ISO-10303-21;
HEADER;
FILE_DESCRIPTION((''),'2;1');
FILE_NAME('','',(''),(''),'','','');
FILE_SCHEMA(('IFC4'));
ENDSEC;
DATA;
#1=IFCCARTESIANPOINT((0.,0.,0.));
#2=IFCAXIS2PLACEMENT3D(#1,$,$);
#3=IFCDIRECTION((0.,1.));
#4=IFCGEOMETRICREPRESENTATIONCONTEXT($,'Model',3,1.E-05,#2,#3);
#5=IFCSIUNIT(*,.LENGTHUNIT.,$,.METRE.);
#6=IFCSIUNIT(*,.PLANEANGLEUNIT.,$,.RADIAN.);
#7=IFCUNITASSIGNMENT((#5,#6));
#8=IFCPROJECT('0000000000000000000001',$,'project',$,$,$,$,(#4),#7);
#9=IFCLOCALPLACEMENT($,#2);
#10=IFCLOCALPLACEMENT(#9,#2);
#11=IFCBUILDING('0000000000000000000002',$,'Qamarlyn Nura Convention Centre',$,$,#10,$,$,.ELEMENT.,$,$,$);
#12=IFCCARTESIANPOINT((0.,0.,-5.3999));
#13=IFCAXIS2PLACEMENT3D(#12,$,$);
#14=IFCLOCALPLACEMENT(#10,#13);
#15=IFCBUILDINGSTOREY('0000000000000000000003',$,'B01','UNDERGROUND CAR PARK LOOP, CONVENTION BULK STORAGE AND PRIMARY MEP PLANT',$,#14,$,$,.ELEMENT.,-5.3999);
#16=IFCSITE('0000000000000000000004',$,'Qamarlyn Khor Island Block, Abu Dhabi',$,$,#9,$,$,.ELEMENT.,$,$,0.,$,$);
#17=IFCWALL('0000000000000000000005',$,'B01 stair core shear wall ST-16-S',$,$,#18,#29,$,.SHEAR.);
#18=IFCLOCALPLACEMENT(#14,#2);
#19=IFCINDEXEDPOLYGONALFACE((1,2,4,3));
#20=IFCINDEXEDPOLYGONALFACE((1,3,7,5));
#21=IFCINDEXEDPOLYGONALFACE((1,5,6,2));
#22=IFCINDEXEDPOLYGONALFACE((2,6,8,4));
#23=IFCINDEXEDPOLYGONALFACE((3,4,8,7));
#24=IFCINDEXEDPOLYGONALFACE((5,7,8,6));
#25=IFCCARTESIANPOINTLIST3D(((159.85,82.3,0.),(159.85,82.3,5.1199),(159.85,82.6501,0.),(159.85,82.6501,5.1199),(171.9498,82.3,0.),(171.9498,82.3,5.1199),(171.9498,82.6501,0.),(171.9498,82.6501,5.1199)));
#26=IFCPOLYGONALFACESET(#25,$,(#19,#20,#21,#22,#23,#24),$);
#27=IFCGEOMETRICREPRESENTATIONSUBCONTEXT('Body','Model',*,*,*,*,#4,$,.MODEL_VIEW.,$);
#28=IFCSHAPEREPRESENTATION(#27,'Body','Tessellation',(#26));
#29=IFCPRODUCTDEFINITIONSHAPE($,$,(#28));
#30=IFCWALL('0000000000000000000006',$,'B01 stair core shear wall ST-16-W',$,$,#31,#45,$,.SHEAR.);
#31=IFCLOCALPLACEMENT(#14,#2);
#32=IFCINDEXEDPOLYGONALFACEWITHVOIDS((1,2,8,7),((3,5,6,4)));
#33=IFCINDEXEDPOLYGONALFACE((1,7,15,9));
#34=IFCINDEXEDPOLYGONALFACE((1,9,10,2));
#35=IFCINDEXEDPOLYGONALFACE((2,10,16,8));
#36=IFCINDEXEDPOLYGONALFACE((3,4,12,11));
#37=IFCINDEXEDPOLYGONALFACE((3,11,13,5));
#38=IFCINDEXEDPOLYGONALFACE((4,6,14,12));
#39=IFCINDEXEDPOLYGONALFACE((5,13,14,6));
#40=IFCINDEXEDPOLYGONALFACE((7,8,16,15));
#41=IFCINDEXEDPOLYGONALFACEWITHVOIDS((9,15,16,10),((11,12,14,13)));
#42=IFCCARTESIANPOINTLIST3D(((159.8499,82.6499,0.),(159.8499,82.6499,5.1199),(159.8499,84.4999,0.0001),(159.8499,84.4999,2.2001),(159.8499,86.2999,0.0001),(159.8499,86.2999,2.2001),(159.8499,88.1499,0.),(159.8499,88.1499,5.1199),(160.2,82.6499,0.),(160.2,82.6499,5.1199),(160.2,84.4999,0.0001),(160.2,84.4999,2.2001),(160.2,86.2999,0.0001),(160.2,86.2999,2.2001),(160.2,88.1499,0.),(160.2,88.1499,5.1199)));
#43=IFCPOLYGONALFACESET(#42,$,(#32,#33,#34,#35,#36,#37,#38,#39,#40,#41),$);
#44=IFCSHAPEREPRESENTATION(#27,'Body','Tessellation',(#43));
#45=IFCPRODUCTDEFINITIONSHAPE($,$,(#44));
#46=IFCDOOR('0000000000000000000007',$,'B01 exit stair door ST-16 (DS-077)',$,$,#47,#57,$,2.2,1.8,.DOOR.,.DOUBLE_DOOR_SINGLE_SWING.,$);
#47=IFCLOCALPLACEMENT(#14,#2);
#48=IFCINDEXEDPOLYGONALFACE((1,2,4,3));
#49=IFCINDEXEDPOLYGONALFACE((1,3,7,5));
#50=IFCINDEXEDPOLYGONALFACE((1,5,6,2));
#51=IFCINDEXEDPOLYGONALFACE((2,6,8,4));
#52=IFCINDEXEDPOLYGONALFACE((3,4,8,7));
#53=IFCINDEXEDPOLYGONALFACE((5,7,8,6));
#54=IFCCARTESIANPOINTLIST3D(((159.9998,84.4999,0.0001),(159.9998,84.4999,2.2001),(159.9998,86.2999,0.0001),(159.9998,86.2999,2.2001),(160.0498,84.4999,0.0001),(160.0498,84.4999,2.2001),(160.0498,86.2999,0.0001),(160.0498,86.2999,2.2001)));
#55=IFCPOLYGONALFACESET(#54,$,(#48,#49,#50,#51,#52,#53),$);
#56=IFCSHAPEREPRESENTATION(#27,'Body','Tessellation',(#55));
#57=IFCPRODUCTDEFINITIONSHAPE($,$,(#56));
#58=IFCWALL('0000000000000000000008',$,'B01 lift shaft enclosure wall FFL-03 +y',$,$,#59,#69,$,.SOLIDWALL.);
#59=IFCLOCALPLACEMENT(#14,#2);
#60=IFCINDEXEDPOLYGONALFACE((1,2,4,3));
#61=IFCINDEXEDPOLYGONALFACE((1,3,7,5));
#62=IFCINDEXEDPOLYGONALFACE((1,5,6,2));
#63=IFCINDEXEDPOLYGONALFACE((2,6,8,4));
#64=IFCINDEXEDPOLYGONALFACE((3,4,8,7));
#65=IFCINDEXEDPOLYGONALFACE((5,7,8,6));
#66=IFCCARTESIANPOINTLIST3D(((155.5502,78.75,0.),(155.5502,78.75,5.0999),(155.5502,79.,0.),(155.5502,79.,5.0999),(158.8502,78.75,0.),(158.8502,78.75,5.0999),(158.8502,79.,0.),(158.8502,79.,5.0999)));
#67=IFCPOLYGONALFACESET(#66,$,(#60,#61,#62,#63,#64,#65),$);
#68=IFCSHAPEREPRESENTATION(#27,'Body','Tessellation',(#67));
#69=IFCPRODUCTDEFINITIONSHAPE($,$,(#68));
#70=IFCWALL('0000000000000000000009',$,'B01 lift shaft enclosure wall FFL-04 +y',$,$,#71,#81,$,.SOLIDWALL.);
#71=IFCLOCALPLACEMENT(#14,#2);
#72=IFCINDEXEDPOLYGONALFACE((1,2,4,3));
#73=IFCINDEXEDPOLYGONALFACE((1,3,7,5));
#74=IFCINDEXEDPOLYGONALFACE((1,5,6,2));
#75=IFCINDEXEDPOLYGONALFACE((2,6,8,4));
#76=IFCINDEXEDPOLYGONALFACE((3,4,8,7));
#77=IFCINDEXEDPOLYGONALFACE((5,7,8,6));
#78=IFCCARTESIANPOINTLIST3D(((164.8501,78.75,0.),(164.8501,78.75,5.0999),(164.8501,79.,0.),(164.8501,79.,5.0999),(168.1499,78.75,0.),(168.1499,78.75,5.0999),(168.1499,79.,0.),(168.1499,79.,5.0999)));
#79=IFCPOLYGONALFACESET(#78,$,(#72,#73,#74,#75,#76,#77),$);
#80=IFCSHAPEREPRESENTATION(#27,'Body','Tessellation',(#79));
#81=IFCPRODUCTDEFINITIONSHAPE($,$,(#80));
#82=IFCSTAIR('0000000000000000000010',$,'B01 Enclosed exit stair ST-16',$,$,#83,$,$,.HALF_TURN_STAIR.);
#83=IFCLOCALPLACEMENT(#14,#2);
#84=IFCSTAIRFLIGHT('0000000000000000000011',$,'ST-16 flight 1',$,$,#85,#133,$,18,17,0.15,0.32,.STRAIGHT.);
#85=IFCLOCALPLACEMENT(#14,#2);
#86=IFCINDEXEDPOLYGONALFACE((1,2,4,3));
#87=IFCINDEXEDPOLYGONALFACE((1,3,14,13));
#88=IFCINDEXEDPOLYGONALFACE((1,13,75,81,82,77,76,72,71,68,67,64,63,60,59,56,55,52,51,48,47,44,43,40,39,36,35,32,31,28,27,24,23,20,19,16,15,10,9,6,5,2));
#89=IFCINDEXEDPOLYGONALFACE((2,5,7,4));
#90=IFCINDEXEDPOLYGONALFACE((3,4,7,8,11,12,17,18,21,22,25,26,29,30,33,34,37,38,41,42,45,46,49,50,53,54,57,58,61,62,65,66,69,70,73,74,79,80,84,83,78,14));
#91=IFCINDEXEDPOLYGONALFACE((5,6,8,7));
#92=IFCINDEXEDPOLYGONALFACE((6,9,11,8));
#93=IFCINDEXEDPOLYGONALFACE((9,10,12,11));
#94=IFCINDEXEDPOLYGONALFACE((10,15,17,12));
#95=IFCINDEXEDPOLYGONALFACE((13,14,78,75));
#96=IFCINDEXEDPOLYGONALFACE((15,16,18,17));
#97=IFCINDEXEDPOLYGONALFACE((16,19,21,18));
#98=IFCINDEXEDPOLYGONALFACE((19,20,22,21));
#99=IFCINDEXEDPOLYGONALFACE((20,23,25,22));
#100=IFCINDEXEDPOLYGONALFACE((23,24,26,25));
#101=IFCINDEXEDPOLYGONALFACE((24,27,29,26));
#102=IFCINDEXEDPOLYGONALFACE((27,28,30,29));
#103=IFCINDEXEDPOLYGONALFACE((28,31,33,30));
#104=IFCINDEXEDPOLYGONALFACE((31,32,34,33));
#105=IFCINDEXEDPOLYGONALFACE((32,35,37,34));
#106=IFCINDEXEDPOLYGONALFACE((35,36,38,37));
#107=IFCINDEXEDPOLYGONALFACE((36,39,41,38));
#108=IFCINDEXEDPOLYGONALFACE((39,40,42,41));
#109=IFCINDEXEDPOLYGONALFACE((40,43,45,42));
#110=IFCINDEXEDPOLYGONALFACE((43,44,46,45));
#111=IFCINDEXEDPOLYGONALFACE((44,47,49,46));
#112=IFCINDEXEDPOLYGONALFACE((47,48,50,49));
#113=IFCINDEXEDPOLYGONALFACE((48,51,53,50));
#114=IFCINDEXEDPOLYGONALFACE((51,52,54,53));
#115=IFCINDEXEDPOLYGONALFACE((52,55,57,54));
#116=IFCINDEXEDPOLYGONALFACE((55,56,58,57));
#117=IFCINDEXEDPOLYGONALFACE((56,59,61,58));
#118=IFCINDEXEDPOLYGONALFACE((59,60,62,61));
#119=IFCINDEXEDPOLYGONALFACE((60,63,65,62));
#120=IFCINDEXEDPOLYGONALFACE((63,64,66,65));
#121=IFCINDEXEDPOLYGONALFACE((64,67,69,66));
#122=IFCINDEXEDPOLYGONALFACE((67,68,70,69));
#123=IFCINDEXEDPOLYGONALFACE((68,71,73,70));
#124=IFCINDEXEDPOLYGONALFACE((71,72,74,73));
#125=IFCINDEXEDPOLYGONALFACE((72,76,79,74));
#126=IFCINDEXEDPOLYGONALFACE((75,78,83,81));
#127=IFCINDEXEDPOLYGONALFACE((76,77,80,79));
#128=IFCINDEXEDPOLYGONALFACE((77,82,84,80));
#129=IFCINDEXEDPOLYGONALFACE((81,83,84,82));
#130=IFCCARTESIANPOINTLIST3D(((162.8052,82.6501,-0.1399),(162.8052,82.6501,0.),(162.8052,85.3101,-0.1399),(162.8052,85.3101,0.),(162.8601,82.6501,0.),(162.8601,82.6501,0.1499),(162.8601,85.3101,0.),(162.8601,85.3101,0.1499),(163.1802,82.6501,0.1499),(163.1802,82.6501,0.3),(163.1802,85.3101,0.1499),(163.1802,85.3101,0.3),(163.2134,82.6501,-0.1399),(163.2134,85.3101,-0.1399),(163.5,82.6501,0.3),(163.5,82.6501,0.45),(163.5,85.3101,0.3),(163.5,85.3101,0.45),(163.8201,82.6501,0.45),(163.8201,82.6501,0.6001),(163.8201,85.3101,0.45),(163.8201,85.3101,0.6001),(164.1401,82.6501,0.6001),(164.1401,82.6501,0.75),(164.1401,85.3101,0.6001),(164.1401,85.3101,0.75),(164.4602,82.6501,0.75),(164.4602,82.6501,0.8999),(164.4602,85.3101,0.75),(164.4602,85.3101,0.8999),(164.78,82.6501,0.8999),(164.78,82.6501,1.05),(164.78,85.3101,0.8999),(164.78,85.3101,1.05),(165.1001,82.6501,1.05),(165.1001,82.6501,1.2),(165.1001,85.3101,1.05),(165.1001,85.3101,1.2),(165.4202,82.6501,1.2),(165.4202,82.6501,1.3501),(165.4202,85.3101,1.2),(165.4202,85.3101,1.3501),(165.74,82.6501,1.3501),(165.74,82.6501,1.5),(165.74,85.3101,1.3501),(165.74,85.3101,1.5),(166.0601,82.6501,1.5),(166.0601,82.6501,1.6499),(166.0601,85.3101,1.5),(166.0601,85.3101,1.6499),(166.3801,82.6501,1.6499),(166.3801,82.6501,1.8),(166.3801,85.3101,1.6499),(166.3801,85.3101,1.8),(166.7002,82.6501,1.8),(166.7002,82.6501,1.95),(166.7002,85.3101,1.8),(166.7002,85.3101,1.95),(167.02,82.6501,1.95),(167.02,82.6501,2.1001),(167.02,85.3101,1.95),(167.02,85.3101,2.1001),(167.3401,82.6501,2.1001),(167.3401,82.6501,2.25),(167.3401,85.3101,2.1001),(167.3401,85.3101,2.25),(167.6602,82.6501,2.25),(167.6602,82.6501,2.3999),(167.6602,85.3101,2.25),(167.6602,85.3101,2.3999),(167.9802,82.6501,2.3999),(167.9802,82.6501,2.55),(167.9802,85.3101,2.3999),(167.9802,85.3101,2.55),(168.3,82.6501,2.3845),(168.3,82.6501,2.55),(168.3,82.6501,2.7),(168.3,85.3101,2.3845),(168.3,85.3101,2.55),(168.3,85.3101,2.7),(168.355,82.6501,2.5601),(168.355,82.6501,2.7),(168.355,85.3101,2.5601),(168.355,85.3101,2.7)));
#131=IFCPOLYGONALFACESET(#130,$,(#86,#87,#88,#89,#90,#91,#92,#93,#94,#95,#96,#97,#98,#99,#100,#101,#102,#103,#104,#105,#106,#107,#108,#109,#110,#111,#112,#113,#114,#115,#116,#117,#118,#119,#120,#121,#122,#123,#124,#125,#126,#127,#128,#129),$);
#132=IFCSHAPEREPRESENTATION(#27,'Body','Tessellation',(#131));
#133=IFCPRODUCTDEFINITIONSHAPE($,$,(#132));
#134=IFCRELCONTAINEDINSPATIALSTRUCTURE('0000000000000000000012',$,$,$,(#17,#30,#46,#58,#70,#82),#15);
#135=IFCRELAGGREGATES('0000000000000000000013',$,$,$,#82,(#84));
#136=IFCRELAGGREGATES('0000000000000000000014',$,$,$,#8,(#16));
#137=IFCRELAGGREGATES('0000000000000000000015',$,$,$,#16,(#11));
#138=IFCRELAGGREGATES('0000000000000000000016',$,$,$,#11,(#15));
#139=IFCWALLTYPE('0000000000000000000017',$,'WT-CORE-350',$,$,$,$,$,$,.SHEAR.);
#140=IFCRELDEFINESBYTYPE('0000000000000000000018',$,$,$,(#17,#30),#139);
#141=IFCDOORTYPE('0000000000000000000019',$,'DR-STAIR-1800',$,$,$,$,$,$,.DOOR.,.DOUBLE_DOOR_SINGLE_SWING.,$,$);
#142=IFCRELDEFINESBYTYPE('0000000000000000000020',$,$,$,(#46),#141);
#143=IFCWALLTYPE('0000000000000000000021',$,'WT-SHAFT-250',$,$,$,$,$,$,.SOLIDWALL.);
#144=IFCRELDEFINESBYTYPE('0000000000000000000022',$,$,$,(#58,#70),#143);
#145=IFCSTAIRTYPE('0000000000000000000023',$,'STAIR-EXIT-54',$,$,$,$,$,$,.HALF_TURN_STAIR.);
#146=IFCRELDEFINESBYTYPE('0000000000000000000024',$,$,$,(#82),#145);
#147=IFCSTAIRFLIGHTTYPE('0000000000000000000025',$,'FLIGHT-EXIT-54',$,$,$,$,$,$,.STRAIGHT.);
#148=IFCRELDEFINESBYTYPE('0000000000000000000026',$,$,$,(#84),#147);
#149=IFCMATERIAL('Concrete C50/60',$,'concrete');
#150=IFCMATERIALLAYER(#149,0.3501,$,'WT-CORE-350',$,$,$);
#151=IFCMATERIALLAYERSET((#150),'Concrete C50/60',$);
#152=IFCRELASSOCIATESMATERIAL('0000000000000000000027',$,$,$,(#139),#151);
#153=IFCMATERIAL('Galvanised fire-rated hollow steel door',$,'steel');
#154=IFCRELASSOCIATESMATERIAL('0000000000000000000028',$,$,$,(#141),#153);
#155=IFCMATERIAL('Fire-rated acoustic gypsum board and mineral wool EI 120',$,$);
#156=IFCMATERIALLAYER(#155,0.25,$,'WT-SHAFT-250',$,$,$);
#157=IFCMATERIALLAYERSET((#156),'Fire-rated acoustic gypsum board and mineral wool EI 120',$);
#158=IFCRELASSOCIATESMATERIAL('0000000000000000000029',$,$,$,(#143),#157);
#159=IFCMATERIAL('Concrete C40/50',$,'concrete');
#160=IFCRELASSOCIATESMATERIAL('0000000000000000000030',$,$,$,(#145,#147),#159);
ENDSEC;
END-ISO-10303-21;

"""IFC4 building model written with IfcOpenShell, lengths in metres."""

from ifc_helpers import new_model, si_unit, direction, frame, frame_2d, origin, place, context, subcontext, project, spatial, polyline, rectangle, outline, extrude, material, layer, layer_set, type_object, element, fill, aggregate, save


model = new_model("IFC4")

# Units and contexts
model_context = context("Model", 3, precision=1e-05, world=origin(), true_north=direction((0.0, 1.0)))
body_context = subcontext(model_context, "Body", "Model", "MODEL_VIEW")
ifc_project = project(units=[si_unit("LENGTHUNIT", "METRE"), si_unit("PLANEANGLEUNIT", "RADIAN")], contexts=[model_context])

# Site, building, storey
site_placement = place(None, origin())
site = spatial("IfcSite", under=ifc_project, at=site_placement, Name="Qamarlyn Khor Island Block, Abu Dhabi", CompositionType="ELEMENT", RefElevation=0.0)
building_placement = place(site_placement, origin())
building = spatial("IfcBuilding", under=site, at=building_placement, Name="Qamarlyn Nura Convention Centre", CompositionType="ELEMENT")
storey_placement = place(building_placement, frame((0.0, 0.0, -5.3999)))
storey = spatial("IfcBuildingStorey", under=building, at=storey_placement, Name="B01", Description="UNDERGROUND CAR PARK LOOP, CONVENTION BULK STORAGE AND PRIMARY MEP PLANT", CompositionType="ELEMENT", Elevation=-5.3999)

# Shared definitions
ifc_material_1 = material(Name="Concrete C40/50", Category="concrete")

# Wall
ifc_material_2 = material(Name="Concrete C50/60", Category="concrete")
ifc_layer_1 = layer(ifc_material_2, 0.3501, Name="WT-CORE-350")
ifc_layer_set_1 = layer_set([ifc_layer_1], Name="Concrete C50/60")
wall_type_1 = type_object("IfcWallType", Name="WT-CORE-350", PredefinedType="SHEAR", material=ifc_layer_set_1)
wall_1_placement = place(storey_placement, frame((159.8501, 82.4751, 0.0), z_axis=(0.0, 0.0, 1.0), x_axis=(1.0, 0.0, 0.0)))
element("IfcWall", 1, at=wall_1_placement, inside=storey, type_object=wall_type_1, Name="B01 stair core shear wall ST-16-S", PredefinedType="SHEAR", context=body_context, shape_type="SweptSolid", body=[
    extrude(rectangle(XDim=12.0999, YDim=0.3501, at=frame_2d((6.0498, 0.0))), origin(), (0.0, 0.0, 1.0), 5.1199),
])

# Wall, opening, door
wall_2_placement = place(storey_placement, frame((160.0249, 88.1499, 0.0), z_axis=(0.0, 0.0, 1.0), x_axis=(0.0, -1.0, 0.0)))
wall_2 = element("IfcWall", 2, at=wall_2_placement, inside=storey, type_object=wall_type_1, Name="B01 stair core shear wall ST-16-W", PredefinedType="SHEAR", context=body_context, shape_type="SweptSolid", body=[
    extrude(rectangle(XDim=5.5, YDim=0.3501, at=frame_2d((2.75, 0.0))), origin(), (0.0, 0.0, 1.0), 5.1199),
])
opening_placement = place(wall_2_placement, frame((1.8501, 0.0, 0.0)))
opening = element("IfcOpeningElement", 3, at=opening_placement, cuts=wall_2, PredefinedType="OPENING", context=body_context, shape_type="SweptSolid", body=[
    extrude(rectangle(XDim=1.8, YDim=2.2, at=frame_2d((0.8999, 1.1001))), frame((0.0, 0.1851, 0.0), z_axis=(0.0, -1.0, 0.0), x_axis=(1.0, 0.0, 0.0)), (0.0, 0.0, 1.0), 0.3701),
])
ifc_material_3 = material(Name="Galvanised fire-rated hollow steel door", Category="steel")
door_type = type_object("IfcDoorType", Name="DR-STAIR-1800", OperationType="DOUBLE_DOOR_SINGLE_SWING", PredefinedType="DOOR", material=ifc_material_3)
door_placement = place(opening_placement, origin())
door = element("IfcDoor", 4, at=door_placement, inside=storey, type_object=door_type, Name="B01 exit stair door ST-16 (DS-077)", OperationType="DOUBLE_DOOR_SINGLE_SWING", OverallHeight=2.2, OverallWidth=1.8, PredefinedType="DOOR", context=body_context, shape_type="SweptSolid", body=[
    extrude(rectangle(XDim=1.8, YDim=2.2, at=frame_2d((0.8999, 1.1001))), frame((0.0, 0.0249, 0.0), z_axis=(0.0, -1.0, 0.0), x_axis=(1.0, 0.0, 0.0)), (0.0, 0.0, 1.0), 0.05),
])
fill(opening, door)

# Walls
ifc_material_4 = material(Name="Fire-rated acoustic gypsum board and mineral wool EI 120")
ifc_layer_2 = layer(ifc_material_4, 0.25, Name="WT-SHAFT-250")
ifc_layer_set_2 = layer_set([ifc_layer_2], Name="Fire-rated acoustic gypsum board and mineral wool EI 120")
wall_type_2 = type_object("IfcWallType", Name="WT-SHAFT-250", PredefinedType="SOLIDWALL", material=ifc_layer_set_2)
wall_3_placement = place(storey_placement, frame((158.8501, 78.875, 0.0), z_axis=(0.0, 0.0, 1.0), x_axis=(-1.0, 0.0, 0.0)))
element("IfcWall", 5, at=wall_3_placement, inside=storey, type_object=wall_type_2, Name="B01 lift shaft enclosure wall FFL-03 +y", PredefinedType="SOLIDWALL", context=body_context, shape_type="SweptSolid", body=[
    extrude(rectangle(XDim=3.3, YDim=0.25, at=frame_2d((1.6499, 0.0))), origin(), (0.0, 0.0, 1.0), 5.0999),
])
wall_4_placement = place(storey_placement, frame((168.1499, 78.875, 0.0), z_axis=(0.0, 0.0, 1.0), x_axis=(-1.0, 0.0, 0.0)))
element("IfcWall", 6, at=wall_4_placement, inside=storey, type_object=wall_type_2, Name="B01 lift shaft enclosure wall FFL-04 +y", PredefinedType="SOLIDWALL", context=body_context, shape_type="SweptSolid", body=[
    extrude(rectangle(XDim=3.2998, YDim=0.25, at=frame_2d((1.6499, 0.0))), origin(), (0.0, 0.0, 1.0), 5.0999),
])

# Stair, stair flight
stair_type = type_object("IfcStairType", Name="STAIR-EXIT-54", PredefinedType="HALF_TURN_STAIR", material=ifc_material_1)
stair_placement = place(storey_placement, origin())
stair = element("IfcStair", 7, at=stair_placement, inside=storey, type_object=stair_type, Name="B01 Enclosed exit stair ST-16", PredefinedType="HALF_TURN_STAIR")
stair_flight_type = type_object("IfcStairFlightType", Name="FLIGHT-EXIT-54", PredefinedType="STRAIGHT", material=ifc_material_1)
stair_flight_1_placement = place(storey_placement, frame((162.8601, 83.98, 0.0), z_axis=(0.0, 0.0, 1.0), x_axis=(1.0, 0.0, 0.0)))
stair_flight_1 = element("IfcStairFlight", 8, at=stair_flight_1_placement, type_object=stair_flight_type, Name="ST-16 flight 1", NumberOfRisers=18, NumberOfTreads=17, PredefinedType="STRAIGHT", RiserHeight=0.15, TreadLength=0.32, context=body_context, shape_type="SweptSolid", body=[
    extrude(outline(polyline([(-0.0549, 0.0), (0.0, 0.0), (0.0, 0.1499), (0.3201, 0.1499), (0.3201, 0.3), (0.6399, 0.3), (0.6399, 0.45), (0.96, 0.45), (0.96, 0.6001), (1.28, 0.6001), (1.28, 0.75), (1.6001, 0.75), (1.6001, 0.8999), (1.9199, 0.8999), (1.9199, 1.05), (2.24, 1.05), (2.24, 1.2), (2.5601, 1.2), (2.5601, 1.3501), (2.8799, 1.3501), (2.8799, 1.5), (3.2, 1.5), (3.2, 1.6499), (3.52, 1.6499), (3.52, 1.8), (3.8401, 1.8), (3.8401, 1.95), (4.1599, 1.95), (4.1599, 2.1001), (4.48, 2.1001), (4.48, 2.25), (4.8, 2.25), (4.8, 2.3999), (5.1201, 2.3999), (5.1201, 2.55), (5.4399, 2.55), (5.4399, 2.7), (5.4949, 2.7), (5.4949, 2.5601), (5.4399, 2.3845), (0.3533, -0.1399), (-0.0549, -0.1399), (-0.0549, 0.0)])), frame((0.0, 1.3301, 0.0), z_axis=(0.0, -1.0, 0.0), x_axis=(1.0, 0.0, 0.0)), (0.0, 0.0, 1.0), 2.6599),
])
aggregate(stair, [stair_flight_1])

save(model, "model.ifc")
